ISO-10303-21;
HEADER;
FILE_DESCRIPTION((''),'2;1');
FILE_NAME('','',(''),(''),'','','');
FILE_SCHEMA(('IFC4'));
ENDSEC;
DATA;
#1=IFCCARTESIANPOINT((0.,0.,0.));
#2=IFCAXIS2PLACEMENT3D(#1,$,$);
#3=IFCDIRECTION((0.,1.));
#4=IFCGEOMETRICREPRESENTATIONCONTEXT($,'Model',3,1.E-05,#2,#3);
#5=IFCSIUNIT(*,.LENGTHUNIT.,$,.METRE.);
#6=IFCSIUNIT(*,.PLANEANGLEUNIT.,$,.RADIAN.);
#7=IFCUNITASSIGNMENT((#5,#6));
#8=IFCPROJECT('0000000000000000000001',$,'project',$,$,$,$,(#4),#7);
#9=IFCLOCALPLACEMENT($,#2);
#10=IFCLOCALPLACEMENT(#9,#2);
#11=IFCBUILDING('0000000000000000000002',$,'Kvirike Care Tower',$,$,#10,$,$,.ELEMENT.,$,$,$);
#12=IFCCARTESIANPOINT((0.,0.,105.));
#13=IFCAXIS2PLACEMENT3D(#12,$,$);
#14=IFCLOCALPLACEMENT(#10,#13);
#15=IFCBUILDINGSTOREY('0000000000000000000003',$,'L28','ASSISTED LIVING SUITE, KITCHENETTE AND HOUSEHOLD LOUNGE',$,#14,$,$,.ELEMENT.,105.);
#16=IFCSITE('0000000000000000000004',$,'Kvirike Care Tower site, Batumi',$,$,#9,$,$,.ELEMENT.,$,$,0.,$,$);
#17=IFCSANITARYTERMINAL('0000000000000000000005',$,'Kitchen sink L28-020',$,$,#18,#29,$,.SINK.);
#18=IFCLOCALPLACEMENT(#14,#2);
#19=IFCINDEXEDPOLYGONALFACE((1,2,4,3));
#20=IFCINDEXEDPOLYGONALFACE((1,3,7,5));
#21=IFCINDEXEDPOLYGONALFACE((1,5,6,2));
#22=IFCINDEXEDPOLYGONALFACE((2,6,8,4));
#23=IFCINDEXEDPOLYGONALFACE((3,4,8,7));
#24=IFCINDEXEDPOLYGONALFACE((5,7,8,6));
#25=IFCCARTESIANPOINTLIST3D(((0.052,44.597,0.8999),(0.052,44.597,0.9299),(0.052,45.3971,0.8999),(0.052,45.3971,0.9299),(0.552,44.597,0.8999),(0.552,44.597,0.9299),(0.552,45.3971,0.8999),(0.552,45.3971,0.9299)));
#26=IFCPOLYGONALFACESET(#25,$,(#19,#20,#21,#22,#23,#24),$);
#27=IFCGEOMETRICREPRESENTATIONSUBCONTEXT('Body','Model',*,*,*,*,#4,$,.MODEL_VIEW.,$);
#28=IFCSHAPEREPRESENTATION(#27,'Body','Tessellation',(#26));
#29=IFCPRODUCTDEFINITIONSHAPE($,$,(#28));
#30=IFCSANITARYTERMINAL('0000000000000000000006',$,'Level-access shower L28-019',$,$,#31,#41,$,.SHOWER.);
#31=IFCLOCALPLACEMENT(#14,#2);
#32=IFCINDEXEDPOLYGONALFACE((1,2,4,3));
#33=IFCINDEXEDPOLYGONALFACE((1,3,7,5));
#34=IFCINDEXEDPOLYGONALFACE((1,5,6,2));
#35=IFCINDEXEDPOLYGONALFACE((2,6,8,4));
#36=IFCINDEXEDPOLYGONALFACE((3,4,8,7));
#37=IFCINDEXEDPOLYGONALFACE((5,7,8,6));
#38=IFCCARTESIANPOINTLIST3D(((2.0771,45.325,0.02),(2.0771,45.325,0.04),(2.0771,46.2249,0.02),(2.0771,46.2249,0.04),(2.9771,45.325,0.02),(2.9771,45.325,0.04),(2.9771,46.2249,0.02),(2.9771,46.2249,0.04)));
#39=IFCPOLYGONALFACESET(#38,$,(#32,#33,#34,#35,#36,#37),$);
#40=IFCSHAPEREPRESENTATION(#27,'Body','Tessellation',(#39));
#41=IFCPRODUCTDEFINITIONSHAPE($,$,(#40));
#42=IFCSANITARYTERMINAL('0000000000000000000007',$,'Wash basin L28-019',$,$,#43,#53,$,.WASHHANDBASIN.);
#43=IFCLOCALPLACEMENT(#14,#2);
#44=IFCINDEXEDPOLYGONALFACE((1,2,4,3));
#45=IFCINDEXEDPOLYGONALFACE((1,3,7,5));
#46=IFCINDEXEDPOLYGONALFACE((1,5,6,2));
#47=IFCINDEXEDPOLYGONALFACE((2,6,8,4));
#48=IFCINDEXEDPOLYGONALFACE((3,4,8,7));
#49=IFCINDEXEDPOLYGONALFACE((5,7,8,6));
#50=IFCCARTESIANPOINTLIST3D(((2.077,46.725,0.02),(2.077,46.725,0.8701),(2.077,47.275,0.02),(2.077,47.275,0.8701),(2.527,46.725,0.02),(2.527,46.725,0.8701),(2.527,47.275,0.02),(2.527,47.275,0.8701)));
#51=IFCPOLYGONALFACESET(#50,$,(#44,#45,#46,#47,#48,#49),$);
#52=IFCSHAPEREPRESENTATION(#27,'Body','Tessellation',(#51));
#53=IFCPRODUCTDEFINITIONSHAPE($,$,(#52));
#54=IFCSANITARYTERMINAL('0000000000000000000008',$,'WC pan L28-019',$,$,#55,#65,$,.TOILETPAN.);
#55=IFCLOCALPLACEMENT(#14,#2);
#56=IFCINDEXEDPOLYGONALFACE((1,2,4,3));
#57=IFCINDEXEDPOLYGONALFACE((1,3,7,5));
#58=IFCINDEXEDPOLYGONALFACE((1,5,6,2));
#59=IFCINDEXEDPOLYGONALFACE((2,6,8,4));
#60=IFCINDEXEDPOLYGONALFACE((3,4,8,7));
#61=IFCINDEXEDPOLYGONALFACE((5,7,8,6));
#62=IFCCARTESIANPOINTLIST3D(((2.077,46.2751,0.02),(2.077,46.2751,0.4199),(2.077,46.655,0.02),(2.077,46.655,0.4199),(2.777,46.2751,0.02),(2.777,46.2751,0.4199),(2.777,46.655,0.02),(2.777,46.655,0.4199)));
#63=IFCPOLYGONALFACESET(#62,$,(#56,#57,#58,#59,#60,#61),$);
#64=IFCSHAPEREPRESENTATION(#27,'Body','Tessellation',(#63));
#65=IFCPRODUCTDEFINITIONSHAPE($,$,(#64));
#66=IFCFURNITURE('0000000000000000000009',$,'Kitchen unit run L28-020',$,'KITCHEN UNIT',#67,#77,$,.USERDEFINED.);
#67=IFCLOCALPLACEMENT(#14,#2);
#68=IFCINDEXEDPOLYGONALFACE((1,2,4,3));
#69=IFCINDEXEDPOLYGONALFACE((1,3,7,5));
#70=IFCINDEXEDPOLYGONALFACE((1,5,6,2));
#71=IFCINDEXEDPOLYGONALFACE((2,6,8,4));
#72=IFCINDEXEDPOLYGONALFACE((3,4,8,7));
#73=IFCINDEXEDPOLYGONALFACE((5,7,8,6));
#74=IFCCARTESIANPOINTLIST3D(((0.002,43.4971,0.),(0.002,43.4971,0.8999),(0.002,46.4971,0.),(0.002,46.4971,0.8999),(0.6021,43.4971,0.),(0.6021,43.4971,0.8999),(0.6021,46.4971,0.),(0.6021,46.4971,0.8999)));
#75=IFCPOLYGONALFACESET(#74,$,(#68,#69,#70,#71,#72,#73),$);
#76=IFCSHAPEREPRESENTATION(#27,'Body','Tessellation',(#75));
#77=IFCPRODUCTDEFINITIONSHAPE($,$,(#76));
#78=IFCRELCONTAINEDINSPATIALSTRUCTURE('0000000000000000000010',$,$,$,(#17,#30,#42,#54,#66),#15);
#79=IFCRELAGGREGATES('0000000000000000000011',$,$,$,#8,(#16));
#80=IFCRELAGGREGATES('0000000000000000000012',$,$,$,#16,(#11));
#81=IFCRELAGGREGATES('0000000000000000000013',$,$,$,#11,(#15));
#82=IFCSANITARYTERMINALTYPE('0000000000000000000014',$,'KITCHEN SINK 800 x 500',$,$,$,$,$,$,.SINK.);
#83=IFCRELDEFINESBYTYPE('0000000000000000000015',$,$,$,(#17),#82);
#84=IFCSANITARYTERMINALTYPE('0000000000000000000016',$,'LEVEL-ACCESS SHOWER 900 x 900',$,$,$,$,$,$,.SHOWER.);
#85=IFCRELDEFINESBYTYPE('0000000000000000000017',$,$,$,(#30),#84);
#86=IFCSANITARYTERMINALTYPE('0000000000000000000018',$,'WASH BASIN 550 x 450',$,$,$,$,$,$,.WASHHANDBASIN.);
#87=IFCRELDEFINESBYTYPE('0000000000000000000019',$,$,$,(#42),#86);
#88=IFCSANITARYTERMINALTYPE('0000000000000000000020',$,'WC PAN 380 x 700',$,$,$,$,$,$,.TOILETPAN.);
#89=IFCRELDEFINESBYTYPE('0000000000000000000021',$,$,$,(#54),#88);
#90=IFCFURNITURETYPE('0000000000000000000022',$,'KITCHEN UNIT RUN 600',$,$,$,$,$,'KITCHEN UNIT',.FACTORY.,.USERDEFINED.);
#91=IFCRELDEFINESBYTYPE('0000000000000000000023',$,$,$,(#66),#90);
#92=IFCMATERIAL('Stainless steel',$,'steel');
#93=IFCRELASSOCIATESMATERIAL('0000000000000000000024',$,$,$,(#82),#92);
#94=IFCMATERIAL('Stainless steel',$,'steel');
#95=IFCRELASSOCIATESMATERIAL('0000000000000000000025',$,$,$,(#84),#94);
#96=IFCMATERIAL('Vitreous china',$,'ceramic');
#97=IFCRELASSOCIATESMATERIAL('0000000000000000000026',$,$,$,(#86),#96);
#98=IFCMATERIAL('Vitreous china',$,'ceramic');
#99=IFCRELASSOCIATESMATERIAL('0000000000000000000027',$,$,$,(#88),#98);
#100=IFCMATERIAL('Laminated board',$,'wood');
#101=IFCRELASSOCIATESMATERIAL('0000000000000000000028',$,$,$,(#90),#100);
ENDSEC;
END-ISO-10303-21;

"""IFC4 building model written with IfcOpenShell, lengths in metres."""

from ifc_helpers import new_model, si_unit, direction, frame, origin, origin_2d, place, context, subcontext, project, spatial, rectangle, extrude, material, type_object, element, save


model = new_model("IFC4")

# Units and contexts
model_context = context("Model", 3, precision=1e-05, world=origin(), true_north=direction((0.0, 1.0)))
body_context = subcontext(model_context, "Body", "Model", "MODEL_VIEW")
ifc_project = project(units=[si_unit("LENGTHUNIT", "METRE"), si_unit("PLANEANGLEUNIT", "RADIAN")], contexts=[model_context])

# Site, building, storey
site_placement = place(None, origin())
site = spatial("IfcSite", under=ifc_project, at=site_placement, Name="Kvirike Care Tower site, Batumi", CompositionType="ELEMENT", RefElevation=0.0)
building_placement = place(site_placement, origin())
building = spatial("IfcBuilding", under=site, at=building_placement, Name="Kvirike Care Tower", CompositionType="ELEMENT")
storey_placement = place(building_placement, frame((0.0, 0.0, 105.0)))
storey = spatial("IfcBuildingStorey", under=building, at=storey_placement, Name="L28", Description="ASSISTED LIVING SUITE, KITCHENETTE AND HOUSEHOLD LOUNGE", CompositionType="ELEMENT", Elevation=105.0)

# Sanitary terminals
ifc_material_1 = material(Name="Stainless steel", Category="steel")
sanitary_terminal_type_1 = type_object("IfcSanitaryTerminalType", Name="KITCHEN SINK 800 x 500", PredefinedType="SINK", material=ifc_material_1)
sanitary_terminal_1_placement = place(storey_placement, frame((0.302, 44.9971, 0.8999), z_axis=(0.0, 0.0, 1.0), x_axis=(0.0, 1.0, 0.0)))
element("IfcSanitaryTerminal", 1, at=sanitary_terminal_1_placement, inside=storey, type_object=sanitary_terminal_type_1, Name="Kitchen sink L28-020", PredefinedType="SINK", context=body_context, shape_type="SweptSolid", body=[
    extrude(rectangle(XDim=0.8, YDim=0.5, at=origin_2d()), origin(), (0.0, 0.0, 1.0), 0.03),
])
ifc_material_2 = material(Name="Stainless steel", Category="steel")
sanitary_terminal_type_2 = type_object("IfcSanitaryTerminalType", Name="LEVEL-ACCESS SHOWER 900 x 900", PredefinedType="SHOWER", material=ifc_material_2)
sanitary_terminal_2_placement = place(storey_placement, frame((2.5271, 45.7749, 0.02), z_axis=(0.0, 0.0, 1.0), x_axis=(0.0, 1.0, 0.0)))
element("IfcSanitaryTerminal", 2, at=sanitary_terminal_2_placement, inside=storey, type_object=sanitary_terminal_type_2, Name="Level-access shower L28-019", PredefinedType="SHOWER", context=body_context, shape_type="SweptSolid", body=[
    extrude(rectangle(XDim=0.8999, YDim=0.8999, at=origin_2d()), origin(), (0.0, 0.0, 1.0), 0.02),
])
ifc_material_3 = material(Name="Vitreous china", Category="ceramic")
sanitary_terminal_type_3 = type_object("IfcSanitaryTerminalType", Name="WASH BASIN 550 x 450", PredefinedType="WASHHANDBASIN", material=ifc_material_3)
sanitary_terminal_3_placement = place(storey_placement, frame((2.302, 47.0, 0.02), z_axis=(0.0, 0.0, 1.0), x_axis=(0.0, 1.0, 0.0)))
element("IfcSanitaryTerminal", 3, at=sanitary_terminal_3_placement, inside=storey, type_object=sanitary_terminal_type_3, Name="Wash basin L28-019", PredefinedType="WASHHANDBASIN", context=body_context, shape_type="SweptSolid", body=[
    extrude(rectangle(XDim=0.55, YDim=0.45, at=origin_2d()), origin(), (0.0, 0.0, 1.0), 0.8501),
])
ifc_material_4 = material(Name="Vitreous china", Category="ceramic")
sanitary_terminal_type_4 = type_object("IfcSanitaryTerminalType", Name="WC PAN 380 x 700", PredefinedType="TOILETPAN", material=ifc_material_4)
sanitary_terminal_4_placement = place(storey_placement, frame((2.427, 46.4651, 0.02), z_axis=(0.0, 0.0, 1.0), x_axis=(0.0, 1.0, 0.0)))
element("IfcSanitaryTerminal", 4, at=sanitary_terminal_4_placement, inside=storey, type_object=sanitary_terminal_type_4, Name="WC pan L28-019", PredefinedType="TOILETPAN", context=body_context, shape_type="SweptSolid", body=[
    extrude(rectangle(XDim=0.3799, YDim=0.7, at=origin_2d()), origin(), (0.0, 0.0, 1.0), 0.3999),
])

# Furniture
ifc_material_5 = material(Name="Laminated board", Category="wood")
furniture_type = type_object("IfcFurnitureType", Name="KITCHEN UNIT RUN 600", ElementType="KITCHEN UNIT", AssemblyPlace="FACTORY", PredefinedType="USERDEFINED", material=ifc_material_5)
furniture_placement = place(storey_placement, frame((0.302, 44.9971, 0.0), z_axis=(0.0, 0.0, 1.0), x_axis=(0.0, 1.0, 0.0)))
element("IfcFurniture", 5, at=furniture_placement, inside=storey, type_object=furniture_type, Name="Kitchen unit run L28-020", ObjectType="KITCHEN UNIT", PredefinedType="USERDEFINED", context=body_context, shape_type="SweptSolid", body=[
    extrude(rectangle(XDim=3.0, YDim=0.6001, at=origin_2d()), origin(), (0.0, 0.0, 1.0), 0.8999),
])

save(model, "model.ifc")
